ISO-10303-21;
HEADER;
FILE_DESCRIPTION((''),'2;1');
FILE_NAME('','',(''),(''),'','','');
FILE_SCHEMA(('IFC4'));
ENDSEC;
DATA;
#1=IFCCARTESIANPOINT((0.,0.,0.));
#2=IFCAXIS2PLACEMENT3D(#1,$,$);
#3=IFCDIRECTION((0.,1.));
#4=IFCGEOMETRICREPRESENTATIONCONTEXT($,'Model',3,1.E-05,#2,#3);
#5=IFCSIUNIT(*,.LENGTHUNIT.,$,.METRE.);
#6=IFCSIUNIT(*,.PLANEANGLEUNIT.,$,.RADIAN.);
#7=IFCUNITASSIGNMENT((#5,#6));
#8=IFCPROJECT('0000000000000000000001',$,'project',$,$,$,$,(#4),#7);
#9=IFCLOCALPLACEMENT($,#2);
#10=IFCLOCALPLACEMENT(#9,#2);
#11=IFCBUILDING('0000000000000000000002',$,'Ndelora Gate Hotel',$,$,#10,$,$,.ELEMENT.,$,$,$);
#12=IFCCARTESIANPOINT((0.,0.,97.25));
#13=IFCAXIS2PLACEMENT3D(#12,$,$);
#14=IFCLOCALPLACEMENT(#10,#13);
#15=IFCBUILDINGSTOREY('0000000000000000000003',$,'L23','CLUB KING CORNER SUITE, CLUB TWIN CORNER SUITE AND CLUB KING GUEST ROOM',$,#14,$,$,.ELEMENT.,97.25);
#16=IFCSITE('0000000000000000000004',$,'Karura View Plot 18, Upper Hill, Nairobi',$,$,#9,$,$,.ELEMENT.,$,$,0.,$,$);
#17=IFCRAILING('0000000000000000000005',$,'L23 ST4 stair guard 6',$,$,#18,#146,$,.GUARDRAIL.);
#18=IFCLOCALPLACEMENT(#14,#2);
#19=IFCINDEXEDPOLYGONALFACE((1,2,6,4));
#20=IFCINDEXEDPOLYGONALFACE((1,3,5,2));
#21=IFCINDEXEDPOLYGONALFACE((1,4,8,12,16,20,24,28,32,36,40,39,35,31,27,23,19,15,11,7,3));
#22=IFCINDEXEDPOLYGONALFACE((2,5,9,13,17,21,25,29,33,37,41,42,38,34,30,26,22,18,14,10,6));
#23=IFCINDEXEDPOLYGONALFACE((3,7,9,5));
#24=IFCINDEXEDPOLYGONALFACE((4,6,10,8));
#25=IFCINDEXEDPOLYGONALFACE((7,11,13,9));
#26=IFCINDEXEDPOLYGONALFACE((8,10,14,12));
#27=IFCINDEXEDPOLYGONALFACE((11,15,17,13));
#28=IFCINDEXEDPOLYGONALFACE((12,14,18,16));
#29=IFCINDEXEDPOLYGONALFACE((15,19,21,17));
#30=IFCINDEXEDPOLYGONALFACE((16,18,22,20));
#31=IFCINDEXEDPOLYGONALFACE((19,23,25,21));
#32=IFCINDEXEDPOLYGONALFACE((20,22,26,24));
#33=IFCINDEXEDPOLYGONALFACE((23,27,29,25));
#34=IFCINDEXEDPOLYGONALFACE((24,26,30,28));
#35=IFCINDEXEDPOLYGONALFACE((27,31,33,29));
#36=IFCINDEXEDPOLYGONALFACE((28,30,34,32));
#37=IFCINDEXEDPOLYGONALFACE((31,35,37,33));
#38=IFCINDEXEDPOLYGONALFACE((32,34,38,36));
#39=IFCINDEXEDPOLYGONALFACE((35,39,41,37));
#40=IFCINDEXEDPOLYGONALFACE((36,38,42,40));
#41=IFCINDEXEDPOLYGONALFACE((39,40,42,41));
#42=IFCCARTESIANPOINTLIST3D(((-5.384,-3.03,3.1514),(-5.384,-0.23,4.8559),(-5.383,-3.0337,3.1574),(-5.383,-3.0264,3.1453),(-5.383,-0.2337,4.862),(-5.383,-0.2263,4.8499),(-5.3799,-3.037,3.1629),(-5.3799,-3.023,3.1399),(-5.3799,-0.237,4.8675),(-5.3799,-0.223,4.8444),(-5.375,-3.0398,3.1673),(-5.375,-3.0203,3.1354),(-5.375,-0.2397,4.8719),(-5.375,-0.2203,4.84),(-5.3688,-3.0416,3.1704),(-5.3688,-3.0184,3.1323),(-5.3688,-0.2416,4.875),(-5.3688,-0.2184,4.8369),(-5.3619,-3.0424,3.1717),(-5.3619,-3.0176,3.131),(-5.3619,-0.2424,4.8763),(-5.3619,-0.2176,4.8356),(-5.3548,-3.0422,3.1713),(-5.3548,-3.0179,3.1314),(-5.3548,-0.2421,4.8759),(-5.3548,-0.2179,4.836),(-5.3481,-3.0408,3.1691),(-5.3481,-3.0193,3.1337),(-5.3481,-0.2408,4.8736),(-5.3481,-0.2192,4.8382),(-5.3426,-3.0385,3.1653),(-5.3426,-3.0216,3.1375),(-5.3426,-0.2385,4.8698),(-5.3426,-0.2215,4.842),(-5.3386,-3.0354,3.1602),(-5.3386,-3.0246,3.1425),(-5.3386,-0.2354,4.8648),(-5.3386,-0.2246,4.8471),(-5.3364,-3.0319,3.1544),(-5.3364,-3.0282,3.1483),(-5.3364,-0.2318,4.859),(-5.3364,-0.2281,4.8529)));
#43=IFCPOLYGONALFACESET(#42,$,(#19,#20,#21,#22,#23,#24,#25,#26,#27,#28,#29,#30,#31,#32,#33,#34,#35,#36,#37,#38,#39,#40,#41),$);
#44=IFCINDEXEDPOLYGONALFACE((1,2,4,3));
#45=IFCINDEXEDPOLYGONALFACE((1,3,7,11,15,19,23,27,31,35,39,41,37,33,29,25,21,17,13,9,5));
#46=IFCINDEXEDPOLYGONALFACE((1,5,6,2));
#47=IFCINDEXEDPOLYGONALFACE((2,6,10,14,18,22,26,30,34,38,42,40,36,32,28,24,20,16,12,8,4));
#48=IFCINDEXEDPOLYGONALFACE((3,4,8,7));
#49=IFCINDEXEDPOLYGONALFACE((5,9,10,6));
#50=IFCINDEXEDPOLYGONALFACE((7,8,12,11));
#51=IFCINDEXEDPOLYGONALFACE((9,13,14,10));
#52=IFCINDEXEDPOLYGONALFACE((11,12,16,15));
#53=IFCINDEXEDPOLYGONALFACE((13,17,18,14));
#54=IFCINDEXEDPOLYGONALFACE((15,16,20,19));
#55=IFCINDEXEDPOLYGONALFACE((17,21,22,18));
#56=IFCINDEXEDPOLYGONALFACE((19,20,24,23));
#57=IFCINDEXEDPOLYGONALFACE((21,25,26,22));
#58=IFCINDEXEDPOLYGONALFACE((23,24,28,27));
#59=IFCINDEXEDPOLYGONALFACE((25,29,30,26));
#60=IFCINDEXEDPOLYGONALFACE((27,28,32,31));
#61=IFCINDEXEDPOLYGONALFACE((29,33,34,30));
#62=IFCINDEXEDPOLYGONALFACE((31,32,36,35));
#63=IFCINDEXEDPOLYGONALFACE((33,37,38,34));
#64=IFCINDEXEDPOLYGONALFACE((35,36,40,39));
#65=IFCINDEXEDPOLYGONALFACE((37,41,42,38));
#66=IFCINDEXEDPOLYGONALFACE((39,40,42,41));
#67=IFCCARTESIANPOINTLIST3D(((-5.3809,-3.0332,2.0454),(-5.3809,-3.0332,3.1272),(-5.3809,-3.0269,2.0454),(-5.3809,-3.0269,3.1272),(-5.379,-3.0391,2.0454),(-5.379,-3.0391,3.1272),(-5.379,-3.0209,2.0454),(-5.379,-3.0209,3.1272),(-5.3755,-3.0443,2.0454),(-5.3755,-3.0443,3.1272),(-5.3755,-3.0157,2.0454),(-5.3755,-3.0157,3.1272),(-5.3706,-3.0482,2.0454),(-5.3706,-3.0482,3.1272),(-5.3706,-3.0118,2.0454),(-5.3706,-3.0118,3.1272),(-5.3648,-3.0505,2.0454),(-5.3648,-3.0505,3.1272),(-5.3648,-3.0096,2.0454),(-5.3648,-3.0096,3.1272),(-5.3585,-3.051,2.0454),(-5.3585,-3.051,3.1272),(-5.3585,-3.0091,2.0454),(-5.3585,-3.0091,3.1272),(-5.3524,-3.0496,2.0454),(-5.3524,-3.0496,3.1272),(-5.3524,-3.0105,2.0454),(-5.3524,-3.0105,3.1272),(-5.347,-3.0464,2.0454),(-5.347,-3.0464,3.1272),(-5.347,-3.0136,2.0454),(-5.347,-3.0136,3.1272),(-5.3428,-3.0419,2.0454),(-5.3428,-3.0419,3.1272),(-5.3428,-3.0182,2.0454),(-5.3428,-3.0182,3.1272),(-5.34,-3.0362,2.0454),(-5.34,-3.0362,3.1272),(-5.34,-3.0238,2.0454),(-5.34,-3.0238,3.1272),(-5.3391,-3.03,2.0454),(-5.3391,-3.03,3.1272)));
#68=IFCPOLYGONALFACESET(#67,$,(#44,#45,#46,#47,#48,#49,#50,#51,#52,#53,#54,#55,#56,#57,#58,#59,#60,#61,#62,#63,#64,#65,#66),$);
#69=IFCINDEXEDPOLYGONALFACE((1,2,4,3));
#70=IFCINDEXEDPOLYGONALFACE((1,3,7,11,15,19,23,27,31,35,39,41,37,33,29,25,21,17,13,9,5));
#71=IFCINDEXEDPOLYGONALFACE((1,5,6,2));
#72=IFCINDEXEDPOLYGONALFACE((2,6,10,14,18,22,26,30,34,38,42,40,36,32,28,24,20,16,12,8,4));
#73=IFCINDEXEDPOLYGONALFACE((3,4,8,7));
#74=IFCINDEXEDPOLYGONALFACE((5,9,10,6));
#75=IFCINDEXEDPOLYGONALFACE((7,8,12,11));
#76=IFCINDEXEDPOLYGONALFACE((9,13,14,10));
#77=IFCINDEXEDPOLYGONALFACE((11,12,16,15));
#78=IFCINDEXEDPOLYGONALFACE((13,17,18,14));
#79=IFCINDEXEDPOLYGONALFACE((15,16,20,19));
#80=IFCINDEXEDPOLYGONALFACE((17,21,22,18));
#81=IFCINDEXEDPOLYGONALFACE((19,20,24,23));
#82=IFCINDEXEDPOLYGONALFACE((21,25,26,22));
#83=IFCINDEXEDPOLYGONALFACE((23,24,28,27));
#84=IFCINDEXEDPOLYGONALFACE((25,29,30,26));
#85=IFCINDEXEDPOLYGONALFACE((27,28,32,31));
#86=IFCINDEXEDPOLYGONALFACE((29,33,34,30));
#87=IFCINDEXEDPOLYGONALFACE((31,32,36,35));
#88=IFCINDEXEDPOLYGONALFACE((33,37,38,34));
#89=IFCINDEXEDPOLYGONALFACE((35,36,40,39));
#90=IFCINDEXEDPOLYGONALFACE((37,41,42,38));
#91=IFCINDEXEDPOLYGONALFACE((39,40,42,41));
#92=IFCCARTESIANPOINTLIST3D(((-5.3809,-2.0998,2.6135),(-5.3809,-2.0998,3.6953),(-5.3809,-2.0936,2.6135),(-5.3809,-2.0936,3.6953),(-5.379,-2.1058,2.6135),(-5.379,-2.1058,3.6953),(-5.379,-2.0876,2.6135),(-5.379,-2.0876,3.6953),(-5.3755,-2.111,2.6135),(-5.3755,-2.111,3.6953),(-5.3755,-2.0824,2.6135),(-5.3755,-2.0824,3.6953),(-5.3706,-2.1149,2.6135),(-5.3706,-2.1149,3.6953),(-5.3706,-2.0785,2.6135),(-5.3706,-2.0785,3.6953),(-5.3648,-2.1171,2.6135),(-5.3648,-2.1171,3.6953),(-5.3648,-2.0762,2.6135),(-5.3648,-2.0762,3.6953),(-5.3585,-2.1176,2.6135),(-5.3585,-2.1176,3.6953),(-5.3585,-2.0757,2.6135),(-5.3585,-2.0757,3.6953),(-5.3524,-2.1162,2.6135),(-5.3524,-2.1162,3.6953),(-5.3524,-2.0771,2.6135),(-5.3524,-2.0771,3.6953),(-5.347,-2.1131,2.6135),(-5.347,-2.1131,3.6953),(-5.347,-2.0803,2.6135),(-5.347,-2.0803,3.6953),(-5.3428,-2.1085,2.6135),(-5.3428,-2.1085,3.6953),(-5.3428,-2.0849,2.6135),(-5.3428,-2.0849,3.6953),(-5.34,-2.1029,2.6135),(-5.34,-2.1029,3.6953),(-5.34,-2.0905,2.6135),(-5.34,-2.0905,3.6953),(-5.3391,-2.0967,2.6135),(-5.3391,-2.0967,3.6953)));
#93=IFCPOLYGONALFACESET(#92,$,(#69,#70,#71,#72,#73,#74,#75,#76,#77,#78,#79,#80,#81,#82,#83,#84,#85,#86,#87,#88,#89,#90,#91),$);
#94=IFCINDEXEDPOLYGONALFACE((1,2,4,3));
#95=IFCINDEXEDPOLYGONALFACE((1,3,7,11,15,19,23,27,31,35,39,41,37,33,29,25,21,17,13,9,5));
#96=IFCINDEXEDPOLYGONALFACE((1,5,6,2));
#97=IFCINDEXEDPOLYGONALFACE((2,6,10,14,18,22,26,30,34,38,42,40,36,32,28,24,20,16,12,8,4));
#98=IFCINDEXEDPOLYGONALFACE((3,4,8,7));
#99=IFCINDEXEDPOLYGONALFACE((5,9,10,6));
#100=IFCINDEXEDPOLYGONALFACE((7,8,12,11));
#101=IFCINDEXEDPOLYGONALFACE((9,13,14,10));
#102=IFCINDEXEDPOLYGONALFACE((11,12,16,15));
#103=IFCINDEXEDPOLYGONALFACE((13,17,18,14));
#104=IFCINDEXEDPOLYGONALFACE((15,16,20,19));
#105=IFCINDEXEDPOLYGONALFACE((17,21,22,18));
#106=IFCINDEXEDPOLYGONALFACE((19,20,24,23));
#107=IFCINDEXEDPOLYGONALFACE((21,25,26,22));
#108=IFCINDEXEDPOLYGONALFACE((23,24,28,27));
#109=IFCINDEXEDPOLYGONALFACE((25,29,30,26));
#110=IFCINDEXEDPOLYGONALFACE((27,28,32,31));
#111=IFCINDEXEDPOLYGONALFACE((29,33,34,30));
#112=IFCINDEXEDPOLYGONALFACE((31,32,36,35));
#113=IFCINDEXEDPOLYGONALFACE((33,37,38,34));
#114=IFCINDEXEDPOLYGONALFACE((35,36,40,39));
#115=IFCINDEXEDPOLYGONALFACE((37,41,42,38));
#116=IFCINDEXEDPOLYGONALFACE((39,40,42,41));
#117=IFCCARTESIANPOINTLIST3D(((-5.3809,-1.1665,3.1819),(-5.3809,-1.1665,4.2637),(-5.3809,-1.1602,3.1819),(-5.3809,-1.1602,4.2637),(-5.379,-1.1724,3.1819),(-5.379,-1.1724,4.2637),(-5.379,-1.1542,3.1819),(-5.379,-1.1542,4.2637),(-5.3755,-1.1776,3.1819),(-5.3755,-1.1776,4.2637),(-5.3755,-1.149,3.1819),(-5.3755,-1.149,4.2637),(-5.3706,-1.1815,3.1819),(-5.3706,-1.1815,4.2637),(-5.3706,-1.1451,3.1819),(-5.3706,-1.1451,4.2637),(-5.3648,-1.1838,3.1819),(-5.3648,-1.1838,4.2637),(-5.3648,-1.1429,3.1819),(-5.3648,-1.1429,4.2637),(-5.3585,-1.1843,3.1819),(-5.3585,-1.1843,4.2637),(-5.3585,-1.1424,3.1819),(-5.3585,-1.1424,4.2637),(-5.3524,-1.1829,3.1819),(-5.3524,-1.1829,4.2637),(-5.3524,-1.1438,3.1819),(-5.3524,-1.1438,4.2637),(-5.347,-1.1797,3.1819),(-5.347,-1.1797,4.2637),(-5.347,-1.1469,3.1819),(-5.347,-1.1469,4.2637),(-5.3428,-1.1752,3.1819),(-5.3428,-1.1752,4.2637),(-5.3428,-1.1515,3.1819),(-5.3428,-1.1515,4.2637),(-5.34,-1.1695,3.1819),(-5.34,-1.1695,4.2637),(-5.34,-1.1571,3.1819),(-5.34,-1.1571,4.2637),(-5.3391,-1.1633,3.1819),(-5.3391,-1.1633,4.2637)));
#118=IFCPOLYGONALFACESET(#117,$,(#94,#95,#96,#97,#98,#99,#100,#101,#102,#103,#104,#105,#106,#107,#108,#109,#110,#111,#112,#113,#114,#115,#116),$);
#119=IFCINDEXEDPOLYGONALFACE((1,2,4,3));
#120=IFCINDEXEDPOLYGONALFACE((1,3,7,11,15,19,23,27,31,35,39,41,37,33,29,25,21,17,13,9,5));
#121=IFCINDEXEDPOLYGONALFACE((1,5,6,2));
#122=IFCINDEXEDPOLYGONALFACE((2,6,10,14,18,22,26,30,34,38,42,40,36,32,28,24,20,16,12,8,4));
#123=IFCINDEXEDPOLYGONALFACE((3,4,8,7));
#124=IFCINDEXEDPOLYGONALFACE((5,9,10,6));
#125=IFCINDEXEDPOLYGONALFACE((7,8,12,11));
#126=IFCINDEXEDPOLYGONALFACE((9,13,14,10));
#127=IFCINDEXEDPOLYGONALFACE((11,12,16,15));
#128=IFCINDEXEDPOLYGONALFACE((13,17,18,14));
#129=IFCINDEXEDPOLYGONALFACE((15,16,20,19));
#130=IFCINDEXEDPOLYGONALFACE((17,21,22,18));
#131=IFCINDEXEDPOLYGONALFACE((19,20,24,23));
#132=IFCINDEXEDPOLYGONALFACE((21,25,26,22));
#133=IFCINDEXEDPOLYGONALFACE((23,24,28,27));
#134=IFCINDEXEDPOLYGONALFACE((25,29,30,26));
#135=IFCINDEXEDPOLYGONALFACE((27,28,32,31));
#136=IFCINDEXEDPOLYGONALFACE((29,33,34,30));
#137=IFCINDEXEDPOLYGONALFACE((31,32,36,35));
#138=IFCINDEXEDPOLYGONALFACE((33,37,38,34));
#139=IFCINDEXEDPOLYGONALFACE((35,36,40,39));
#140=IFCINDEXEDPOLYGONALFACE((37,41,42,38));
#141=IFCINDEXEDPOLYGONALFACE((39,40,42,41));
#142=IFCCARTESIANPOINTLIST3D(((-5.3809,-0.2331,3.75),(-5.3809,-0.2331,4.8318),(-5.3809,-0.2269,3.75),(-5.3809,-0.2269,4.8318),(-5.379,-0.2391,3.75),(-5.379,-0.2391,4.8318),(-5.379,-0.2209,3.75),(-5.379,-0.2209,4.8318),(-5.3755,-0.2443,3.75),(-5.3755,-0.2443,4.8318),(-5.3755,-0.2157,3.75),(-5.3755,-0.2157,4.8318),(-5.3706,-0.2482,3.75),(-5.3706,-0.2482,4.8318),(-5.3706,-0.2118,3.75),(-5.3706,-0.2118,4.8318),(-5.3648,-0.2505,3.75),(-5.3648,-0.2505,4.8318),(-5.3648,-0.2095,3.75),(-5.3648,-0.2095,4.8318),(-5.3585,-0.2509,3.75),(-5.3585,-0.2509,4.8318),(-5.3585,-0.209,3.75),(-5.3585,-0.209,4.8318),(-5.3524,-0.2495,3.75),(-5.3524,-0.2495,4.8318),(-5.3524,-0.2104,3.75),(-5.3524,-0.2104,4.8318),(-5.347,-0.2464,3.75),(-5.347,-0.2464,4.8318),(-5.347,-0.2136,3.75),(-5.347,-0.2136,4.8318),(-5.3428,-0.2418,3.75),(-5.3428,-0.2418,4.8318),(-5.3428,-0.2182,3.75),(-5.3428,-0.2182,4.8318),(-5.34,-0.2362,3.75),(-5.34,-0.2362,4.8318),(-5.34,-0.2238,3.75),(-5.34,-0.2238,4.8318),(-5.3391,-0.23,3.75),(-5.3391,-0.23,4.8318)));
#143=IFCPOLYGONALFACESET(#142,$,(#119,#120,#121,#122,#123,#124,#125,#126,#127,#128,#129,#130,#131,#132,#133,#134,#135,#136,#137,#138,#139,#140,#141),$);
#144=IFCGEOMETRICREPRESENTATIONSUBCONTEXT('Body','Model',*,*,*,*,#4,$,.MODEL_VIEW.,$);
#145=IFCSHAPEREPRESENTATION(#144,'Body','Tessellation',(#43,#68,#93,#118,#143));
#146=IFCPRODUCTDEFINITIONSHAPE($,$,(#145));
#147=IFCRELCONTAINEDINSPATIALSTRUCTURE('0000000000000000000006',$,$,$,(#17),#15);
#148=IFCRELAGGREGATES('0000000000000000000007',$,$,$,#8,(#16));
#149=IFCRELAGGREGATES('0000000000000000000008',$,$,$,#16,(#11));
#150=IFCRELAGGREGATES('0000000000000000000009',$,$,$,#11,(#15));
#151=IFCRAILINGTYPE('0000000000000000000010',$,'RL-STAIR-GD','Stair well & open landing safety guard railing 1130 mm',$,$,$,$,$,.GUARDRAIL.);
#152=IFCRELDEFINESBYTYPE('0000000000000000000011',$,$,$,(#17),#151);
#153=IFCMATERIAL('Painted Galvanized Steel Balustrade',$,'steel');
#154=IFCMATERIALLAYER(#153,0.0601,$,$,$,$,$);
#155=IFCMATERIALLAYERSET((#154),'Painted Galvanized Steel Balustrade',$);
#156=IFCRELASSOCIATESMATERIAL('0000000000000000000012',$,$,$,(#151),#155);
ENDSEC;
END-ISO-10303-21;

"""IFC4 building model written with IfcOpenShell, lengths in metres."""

from ifc_helpers import new_model, si_unit, direction, frame, origin, origin_2d, place, context, subcontext, project, spatial, circle, extrude, material, layer, layer_set, type_object, element, save


model = new_model("IFC4")

# Units and contexts
model_context = context("Model", 3, precision=1e-05, world=origin(), true_north=direction((0.0, 1.0)))
body_context = subcontext(model_context, "Body", "Model", "MODEL_VIEW")
ifc_project = project(units=[si_unit("LENGTHUNIT", "METRE"), si_unit("PLANEANGLEUNIT", "RADIAN")], contexts=[model_context])

# Site, building, storey
site_placement = place(None, origin())
site = spatial("IfcSite", under=ifc_project, at=site_placement, Name="Karura View Plot 18, Upper Hill, Nairobi", CompositionType="ELEMENT", RefElevation=0.0)
building_placement = place(site_placement, origin())
building = spatial("IfcBuilding", under=site, at=building_placement, Name="Ndelora Gate Hotel", CompositionType="ELEMENT")
storey_placement = place(building_placement, frame((0.0, 0.0, 97.25)))
storey = spatial("IfcBuildingStorey", under=building, at=storey_placement, Name="L23", Description="CLUB KING CORNER SUITE, CLUB TWIN CORNER SUITE AND CLUB KING GUEST ROOM", CompositionType="ELEMENT", Elevation=97.25)

# Railing
ifc_material_1 = material(Name="Painted Galvanized Steel Balustrade", Category="steel")
ifc_layer_1 = layer(ifc_material_1, 0.0601)
ifc_layer_set_1 = layer_set([ifc_layer_1], Name="Painted Galvanized Steel Balustrade")
railing_type_1 = type_object("IfcRailingType", Name="RL-STAIR-GD", Description="Stair well & open landing safety guard railing 1130 mm", PredefinedType="GUARDRAIL", material=ifc_layer_set_1)
railing_1_placement = place(storey_placement, frame((-5.3601, -3.03, 2.0454)))
element("IfcRailing", 1, at=railing_1_placement, inside=storey, type_object=railing_type_1, Name="L23 ST4 stair guard 6", PredefinedType="GUARDRAIL", context=body_context, shape_type="SweptSolid", body=[
    extrude(circle(Radius=0.0239, at=origin_2d()), frame((0.0, 0.0, 1.106), z_axis=(0.0, 0.85417, 0.519994), x_axis=(-1.0, 0.0, 0.0)), (0.0, 0.0, 1.0), 3.2781),
    extrude(circle(Radius=0.021, at=origin_2d()), origin(), (0.0, 0.0, 1.0), 1.0818),
    extrude(circle(Radius=0.021, at=origin_2d()), frame((0.0, 0.9333, 0.5681)), (0.0, 0.0, 1.0), 1.0818),
    extrude(circle(Radius=0.021, at=origin_2d()), frame((0.0, 1.8667, 1.1365)), (0.0, 0.0, 1.0), 1.0818),
    extrude(circle(Radius=0.021, at=origin_2d()), frame((0.0, 2.8, 1.7046)), (0.0, 0.0, 1.0), 1.0818),
])

save(model, "model.ifc")
